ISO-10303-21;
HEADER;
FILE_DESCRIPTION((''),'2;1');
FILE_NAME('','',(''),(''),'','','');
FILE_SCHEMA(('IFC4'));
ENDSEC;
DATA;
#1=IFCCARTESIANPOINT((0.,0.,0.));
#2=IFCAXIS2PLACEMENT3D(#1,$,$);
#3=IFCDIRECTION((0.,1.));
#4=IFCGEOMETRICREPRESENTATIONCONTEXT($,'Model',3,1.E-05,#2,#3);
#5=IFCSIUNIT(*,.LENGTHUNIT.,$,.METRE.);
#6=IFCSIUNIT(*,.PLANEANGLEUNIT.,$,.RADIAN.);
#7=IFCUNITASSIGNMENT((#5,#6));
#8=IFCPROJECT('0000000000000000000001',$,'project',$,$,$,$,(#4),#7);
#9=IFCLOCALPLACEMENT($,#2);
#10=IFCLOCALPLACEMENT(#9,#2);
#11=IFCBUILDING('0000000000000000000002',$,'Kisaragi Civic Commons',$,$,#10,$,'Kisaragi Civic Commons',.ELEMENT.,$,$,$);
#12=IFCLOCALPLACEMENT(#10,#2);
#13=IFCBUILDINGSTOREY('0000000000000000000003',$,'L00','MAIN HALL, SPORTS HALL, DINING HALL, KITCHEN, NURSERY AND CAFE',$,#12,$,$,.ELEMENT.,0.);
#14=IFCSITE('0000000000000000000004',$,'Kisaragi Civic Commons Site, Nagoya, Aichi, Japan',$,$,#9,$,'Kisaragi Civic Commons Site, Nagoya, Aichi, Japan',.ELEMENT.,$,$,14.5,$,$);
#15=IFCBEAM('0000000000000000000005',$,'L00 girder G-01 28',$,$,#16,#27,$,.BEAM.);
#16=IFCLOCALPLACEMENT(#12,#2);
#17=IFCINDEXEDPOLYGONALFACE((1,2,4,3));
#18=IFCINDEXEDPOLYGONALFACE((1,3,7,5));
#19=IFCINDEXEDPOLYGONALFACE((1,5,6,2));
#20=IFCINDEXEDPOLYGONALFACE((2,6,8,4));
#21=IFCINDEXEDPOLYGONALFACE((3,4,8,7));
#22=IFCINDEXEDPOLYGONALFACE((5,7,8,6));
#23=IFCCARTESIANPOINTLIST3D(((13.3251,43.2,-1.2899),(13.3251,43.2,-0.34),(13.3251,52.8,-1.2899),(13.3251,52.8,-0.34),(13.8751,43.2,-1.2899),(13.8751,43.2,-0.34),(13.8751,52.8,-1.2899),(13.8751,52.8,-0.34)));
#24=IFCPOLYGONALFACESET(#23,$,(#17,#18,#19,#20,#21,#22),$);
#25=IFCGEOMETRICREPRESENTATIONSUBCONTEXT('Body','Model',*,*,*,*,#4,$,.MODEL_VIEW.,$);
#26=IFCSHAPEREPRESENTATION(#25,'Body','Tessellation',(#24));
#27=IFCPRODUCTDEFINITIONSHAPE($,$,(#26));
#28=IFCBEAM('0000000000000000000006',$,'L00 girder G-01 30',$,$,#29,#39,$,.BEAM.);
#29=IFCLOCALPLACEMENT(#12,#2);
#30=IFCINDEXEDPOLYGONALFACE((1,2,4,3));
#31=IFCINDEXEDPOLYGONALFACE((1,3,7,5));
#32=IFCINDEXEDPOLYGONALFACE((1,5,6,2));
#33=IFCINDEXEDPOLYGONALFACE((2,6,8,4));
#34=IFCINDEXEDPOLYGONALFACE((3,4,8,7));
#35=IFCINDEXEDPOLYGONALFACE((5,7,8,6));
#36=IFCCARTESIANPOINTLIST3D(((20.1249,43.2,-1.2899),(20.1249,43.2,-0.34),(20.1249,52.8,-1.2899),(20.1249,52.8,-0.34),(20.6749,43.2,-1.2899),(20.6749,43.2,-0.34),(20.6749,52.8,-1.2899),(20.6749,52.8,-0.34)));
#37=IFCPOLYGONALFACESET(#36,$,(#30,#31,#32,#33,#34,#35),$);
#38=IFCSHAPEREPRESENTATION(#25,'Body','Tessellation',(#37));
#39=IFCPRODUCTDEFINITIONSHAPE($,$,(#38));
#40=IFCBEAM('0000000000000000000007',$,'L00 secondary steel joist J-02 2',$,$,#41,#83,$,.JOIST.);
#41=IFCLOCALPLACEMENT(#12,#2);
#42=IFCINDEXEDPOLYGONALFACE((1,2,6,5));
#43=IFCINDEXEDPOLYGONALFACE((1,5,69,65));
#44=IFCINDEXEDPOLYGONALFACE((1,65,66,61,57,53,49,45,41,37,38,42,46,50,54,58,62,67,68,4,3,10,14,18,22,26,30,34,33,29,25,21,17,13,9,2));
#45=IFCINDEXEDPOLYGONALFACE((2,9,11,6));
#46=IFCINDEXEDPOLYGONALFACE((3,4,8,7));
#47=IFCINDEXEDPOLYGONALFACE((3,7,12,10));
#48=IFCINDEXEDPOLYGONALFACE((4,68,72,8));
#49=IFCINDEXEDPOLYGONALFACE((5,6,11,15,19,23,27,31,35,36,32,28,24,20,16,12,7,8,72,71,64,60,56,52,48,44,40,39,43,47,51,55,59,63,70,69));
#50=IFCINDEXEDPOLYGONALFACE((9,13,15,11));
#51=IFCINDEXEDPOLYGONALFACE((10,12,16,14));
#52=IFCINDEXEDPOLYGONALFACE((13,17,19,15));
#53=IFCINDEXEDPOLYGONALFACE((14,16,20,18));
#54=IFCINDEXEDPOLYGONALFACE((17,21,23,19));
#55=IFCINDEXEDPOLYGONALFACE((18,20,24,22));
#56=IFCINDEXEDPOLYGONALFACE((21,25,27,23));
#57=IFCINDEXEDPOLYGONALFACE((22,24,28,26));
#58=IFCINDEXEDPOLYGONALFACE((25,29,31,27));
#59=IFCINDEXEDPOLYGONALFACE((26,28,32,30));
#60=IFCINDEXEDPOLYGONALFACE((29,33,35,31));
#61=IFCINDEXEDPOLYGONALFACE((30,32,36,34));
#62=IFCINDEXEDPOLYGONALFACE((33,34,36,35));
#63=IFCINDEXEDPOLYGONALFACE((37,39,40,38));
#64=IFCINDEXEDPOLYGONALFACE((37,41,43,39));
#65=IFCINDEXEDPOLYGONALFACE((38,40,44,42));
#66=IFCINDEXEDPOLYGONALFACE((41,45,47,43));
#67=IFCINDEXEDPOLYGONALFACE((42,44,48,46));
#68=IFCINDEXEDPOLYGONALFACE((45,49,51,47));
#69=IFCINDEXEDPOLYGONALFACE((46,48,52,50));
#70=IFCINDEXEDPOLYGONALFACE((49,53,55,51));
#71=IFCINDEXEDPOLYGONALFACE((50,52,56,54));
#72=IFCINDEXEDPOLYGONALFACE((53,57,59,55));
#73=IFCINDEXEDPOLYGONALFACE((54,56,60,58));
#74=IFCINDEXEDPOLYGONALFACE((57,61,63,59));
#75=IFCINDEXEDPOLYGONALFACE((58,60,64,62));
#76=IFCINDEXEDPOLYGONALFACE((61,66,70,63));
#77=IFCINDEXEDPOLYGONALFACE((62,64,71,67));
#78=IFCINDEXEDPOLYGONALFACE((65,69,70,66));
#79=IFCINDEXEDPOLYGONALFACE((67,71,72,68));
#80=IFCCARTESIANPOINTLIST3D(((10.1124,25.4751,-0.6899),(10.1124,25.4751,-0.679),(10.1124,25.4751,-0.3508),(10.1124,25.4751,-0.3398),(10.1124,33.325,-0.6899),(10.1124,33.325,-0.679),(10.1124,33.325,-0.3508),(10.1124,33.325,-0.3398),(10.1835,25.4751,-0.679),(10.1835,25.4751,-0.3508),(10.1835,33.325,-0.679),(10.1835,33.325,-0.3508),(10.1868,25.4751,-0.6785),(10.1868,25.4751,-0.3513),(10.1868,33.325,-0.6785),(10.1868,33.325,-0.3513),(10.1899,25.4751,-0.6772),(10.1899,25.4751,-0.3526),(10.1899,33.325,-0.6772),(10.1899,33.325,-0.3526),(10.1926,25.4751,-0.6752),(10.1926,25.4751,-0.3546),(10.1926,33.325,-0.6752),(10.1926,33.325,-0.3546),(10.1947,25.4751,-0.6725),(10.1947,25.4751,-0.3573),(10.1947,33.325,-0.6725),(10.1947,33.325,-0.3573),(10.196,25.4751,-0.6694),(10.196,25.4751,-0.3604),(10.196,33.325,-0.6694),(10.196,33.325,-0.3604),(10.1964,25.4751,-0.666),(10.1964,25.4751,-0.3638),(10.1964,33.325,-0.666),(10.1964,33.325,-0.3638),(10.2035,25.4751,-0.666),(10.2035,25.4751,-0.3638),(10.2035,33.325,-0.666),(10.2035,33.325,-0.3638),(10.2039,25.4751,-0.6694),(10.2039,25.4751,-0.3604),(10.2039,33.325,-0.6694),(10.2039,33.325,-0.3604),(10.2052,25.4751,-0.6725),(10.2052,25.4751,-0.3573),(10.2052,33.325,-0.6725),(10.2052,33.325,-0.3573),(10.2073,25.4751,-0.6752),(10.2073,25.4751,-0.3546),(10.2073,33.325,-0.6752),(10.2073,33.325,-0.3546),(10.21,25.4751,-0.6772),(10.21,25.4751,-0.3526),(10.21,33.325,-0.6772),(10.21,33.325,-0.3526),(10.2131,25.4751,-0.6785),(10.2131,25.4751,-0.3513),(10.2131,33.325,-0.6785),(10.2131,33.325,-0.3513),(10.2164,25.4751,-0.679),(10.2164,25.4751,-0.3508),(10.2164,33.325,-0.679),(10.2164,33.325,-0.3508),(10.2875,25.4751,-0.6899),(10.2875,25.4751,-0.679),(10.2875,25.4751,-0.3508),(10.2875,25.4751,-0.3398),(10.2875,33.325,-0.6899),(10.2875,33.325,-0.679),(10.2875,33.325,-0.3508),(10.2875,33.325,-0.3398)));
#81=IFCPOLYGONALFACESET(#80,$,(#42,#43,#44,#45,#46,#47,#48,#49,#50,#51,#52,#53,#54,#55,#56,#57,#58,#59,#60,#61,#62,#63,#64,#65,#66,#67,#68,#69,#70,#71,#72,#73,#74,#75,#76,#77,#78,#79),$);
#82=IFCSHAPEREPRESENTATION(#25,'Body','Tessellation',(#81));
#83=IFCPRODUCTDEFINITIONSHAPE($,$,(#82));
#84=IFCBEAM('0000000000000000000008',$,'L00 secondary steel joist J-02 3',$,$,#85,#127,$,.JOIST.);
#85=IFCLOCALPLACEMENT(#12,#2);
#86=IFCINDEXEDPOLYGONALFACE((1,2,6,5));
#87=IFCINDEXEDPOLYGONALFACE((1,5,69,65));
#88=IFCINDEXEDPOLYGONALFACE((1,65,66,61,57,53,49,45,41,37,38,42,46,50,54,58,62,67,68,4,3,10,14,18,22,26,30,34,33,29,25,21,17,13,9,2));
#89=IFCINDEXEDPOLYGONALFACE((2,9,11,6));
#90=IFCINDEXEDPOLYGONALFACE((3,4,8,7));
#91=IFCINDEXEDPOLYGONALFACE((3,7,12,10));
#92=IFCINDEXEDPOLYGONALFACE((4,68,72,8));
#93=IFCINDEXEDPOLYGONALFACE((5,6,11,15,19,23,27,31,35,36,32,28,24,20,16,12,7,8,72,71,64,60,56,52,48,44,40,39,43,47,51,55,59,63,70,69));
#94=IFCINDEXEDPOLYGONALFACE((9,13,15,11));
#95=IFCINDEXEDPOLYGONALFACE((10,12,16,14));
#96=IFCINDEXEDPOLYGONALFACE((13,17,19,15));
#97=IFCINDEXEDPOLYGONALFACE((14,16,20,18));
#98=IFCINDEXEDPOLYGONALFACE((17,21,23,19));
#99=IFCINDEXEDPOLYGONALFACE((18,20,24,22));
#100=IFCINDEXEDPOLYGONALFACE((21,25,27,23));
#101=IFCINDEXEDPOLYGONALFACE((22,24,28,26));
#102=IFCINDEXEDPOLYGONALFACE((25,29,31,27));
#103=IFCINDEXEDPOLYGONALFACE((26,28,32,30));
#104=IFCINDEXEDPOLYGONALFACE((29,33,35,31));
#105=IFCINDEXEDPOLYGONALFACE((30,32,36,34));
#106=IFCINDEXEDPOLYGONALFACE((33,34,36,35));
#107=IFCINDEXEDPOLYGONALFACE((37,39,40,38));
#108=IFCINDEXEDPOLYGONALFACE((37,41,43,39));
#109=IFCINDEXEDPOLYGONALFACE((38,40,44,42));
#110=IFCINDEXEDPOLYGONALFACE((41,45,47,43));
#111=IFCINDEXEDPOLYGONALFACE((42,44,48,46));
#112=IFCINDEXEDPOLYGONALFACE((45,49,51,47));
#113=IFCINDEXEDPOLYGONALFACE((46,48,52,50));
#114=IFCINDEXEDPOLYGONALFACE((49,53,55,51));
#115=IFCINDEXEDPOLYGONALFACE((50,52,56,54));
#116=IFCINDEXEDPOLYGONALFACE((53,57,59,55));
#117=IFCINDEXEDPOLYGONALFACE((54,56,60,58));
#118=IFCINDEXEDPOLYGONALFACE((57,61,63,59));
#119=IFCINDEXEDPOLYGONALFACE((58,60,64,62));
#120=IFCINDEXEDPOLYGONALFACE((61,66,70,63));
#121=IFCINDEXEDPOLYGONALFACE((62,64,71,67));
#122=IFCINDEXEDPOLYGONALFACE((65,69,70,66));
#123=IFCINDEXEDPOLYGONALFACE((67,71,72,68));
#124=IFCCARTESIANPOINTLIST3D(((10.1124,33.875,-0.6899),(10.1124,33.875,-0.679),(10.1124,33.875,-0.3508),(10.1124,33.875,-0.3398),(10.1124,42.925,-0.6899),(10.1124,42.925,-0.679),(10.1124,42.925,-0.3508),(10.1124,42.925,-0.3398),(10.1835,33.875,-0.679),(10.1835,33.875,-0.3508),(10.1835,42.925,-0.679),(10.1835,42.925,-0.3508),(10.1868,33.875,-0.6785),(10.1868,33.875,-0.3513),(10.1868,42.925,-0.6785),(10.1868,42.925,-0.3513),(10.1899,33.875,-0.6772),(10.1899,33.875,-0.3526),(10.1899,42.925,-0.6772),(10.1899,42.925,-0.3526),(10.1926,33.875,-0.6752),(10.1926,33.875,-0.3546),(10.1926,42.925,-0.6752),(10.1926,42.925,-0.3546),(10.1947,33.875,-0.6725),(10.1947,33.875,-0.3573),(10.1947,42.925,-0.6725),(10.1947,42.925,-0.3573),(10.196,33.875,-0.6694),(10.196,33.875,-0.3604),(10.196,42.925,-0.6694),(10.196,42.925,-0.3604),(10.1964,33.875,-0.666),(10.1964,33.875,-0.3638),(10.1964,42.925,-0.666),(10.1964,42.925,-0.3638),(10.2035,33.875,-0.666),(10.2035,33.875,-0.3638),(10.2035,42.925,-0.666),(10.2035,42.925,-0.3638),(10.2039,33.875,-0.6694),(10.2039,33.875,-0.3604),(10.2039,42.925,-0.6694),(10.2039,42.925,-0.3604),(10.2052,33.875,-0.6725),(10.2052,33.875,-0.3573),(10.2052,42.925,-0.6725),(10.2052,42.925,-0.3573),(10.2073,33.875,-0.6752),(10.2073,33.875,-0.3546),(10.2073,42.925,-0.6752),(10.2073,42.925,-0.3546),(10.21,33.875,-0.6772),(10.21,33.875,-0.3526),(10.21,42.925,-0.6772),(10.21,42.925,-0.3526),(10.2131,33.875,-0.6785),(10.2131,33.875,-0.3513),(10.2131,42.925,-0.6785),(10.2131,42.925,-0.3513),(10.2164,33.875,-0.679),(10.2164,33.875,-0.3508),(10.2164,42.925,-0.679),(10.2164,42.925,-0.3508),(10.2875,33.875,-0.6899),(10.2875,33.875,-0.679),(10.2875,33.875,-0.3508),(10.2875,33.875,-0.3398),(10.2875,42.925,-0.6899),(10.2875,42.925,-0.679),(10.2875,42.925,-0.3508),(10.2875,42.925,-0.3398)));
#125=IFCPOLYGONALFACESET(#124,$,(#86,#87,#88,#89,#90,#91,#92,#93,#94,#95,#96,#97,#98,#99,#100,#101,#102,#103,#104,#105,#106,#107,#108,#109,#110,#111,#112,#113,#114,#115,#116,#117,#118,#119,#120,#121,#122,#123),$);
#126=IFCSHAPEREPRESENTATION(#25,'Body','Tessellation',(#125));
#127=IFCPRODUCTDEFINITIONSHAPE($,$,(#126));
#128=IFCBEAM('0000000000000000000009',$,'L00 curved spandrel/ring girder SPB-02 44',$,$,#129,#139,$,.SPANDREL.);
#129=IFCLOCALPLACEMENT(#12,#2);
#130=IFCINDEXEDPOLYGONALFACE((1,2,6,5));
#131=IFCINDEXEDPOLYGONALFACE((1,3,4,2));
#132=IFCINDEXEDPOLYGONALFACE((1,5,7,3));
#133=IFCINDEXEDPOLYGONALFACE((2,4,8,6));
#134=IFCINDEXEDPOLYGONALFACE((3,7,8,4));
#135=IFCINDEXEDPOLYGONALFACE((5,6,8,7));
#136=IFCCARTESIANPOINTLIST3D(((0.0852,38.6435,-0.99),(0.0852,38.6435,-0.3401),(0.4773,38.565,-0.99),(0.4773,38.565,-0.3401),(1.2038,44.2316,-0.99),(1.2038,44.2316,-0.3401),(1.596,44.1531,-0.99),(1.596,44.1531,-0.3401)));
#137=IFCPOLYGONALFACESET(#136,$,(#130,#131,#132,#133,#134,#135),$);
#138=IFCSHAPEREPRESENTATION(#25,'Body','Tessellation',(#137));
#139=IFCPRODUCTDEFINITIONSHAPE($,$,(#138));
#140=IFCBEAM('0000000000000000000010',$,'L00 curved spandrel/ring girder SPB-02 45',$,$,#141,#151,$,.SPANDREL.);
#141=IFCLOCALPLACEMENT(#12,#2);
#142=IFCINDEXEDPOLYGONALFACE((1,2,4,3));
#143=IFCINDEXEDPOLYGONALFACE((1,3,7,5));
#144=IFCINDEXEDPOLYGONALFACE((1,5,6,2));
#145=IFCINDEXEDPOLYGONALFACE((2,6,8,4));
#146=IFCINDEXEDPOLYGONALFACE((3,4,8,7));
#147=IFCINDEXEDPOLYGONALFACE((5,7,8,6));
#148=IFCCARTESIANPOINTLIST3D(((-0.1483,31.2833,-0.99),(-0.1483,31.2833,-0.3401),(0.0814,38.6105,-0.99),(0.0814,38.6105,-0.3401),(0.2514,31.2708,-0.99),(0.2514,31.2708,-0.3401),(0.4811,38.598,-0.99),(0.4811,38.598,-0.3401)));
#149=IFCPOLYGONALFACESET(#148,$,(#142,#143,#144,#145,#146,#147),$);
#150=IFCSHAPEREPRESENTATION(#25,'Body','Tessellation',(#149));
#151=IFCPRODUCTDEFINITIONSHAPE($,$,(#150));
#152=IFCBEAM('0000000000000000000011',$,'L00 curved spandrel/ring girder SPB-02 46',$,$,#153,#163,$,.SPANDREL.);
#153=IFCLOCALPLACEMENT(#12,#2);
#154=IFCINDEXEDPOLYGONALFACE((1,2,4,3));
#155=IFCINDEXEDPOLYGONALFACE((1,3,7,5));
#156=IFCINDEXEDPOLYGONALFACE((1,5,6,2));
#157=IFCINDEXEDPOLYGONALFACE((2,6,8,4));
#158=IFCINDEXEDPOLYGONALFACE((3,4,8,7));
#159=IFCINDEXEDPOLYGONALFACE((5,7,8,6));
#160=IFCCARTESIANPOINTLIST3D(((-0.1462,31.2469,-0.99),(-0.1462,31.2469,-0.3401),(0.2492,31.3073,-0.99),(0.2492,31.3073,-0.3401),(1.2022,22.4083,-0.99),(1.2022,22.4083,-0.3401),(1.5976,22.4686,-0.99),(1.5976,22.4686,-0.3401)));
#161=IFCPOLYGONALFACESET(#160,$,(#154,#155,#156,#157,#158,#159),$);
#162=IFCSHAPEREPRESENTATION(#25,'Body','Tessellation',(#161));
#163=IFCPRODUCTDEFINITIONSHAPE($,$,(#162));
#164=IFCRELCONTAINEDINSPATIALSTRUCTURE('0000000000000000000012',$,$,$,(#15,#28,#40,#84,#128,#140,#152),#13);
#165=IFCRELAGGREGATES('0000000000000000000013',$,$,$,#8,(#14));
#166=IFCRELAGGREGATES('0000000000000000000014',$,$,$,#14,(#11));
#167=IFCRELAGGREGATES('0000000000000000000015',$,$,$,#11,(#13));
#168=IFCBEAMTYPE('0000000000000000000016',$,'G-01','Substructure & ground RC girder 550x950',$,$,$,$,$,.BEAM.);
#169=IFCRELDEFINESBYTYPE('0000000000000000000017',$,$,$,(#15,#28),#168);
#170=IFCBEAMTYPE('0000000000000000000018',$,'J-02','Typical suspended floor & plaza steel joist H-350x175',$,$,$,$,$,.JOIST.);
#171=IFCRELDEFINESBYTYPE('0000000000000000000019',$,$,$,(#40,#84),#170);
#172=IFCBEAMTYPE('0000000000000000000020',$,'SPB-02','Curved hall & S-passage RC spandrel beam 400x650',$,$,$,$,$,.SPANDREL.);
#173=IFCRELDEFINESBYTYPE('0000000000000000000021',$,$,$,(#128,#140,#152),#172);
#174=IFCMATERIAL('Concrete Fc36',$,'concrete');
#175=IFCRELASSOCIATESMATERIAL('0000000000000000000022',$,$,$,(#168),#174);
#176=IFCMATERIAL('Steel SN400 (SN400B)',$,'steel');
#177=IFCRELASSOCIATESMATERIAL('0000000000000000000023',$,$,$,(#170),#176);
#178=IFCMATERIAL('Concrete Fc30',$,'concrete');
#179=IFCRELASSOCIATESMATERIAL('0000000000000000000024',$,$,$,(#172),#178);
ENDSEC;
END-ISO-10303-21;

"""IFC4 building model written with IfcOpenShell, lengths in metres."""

from ifc_helpers import new_model, si_unit, direction, frame, origin, origin_2d, place, context, subcontext, project, spatial, rectangle, i_section, extrude, material, material_profile, profile_set, type_object, element, save


model = new_model("IFC4")

# Units and contexts
model_context = context("Model", 3, precision=1e-05, world=origin(), true_north=direction((0.0, 1.0)))
body_context = subcontext(model_context, "Body", "Model", "MODEL_VIEW")
ifc_project = project(units=[si_unit("LENGTHUNIT", "METRE"), si_unit("PLANEANGLEUNIT", "RADIAN")], contexts=[model_context])

# Site, building, storey
site_placement = place(None, origin())
site = spatial("IfcSite", under=ifc_project, at=site_placement, Name="Kisaragi Civic Commons Site, Nagoya, Aichi, Japan", LongName="Kisaragi Civic Commons Site, Nagoya, Aichi, Japan", CompositionType="ELEMENT", RefElevation=14.5)
building_placement = place(site_placement, origin())
building = spatial("IfcBuilding", under=site, at=building_placement, Name="Kisaragi Civic Commons", LongName="Kisaragi Civic Commons", CompositionType="ELEMENT")
storey_placement = place(building_placement, origin())
storey = spatial("IfcBuildingStorey", under=building, at=storey_placement, Name="L00", Description="MAIN HALL, SPORTS HALL, DINING HALL, KITCHEN, NURSERY AND CAFE", CompositionType="ELEMENT", Elevation=0.0)

# Shared definitions
ifc_material_1 = material(Name="Concrete Fc36", Category="concrete")
ifc_material_2 = material(Name="Concrete Fc30", Category="concrete")

# Beams
ifc_material_profile_1 = material_profile(ifc_material_1, rectangle(XDim=0.55, YDim=0.95, at=origin_2d()), Name="RC-550x950", Category="concrete")
ifc_profile_set_1 = profile_set([ifc_material_profile_1], Name="Concrete Fc36")
beam_type_1 = type_object("IfcBeamType", Name="G-01", Description="Substructure & ground RC girder 550x950", PredefinedType="BEAM", material=ifc_profile_set_1)
for number, where, z_axis, x_axis, name in (
    (1, (13.6001, 43.2, -0.8149), (0.0, 1.0, 0.0), (-1.0, 0.0, 0.0), "L00 girder G-01 28"),
    (2, (20.3999, 43.2, -0.8149), (0.0, 1.0, 0.0), (-1.0, 0.0, 0.0), "L00 girder G-01 30"),
):
    element("IfcBeam", number, at=place(storey_placement, frame(where, z_axis=z_axis, x_axis=x_axis)), inside=storey, type_object=beam_type_1, Name=name, PredefinedType="BEAM", context=body_context, shape_type="SweptSolid", body=[
        extrude(rectangle(XDim=0.55, YDim=0.95, at=origin_2d()), origin(), (0.0, 0.0, 1.0), 9.6001),
    ])
ifc_material_3 = material(Name="Steel SN400 (SN400B)", Category="steel")
ifc_material_profile_2 = material_profile(ifc_material_3, i_section(OverallWidth=0.175, OverallDepth=0.3501, WebThickness=0.0071, FlangeThickness=0.011, FilletRadius=0.0129, at=origin_2d()), Name="H-350x175x7x11", Category="steel")
ifc_profile_set_2 = profile_set([ifc_material_profile_2], Name="Steel SN400 (SN400B)")
beam_type_2 = type_object("IfcBeamType", Name="J-02", Description="Typical suspended floor & plaza steel joist H-350x175", PredefinedType="JOIST", material=ifc_profile_set_2)
beam_1_placement = place(storey_placement, frame((10.2, 25.4751, -0.5149), z_axis=(0.0, 1.0, 0.0), x_axis=(-1.0, 0.0, 0.0)))
element("IfcBeam", 3, at=beam_1_placement, inside=storey, type_object=beam_type_2, Name="L00 secondary steel joist J-02 2", PredefinedType="JOIST", context=body_context, shape_type="SweptSolid", body=[
    extrude(i_section(OverallWidth=0.175, OverallDepth=0.3501, WebThickness=0.0071, FlangeThickness=0.011, FilletRadius=0.0129, at=origin_2d()), origin(), (0.0, 0.0, 1.0), 7.8499),
])
beam_2_placement = place(storey_placement, frame((10.2, 33.875, -0.5149), z_axis=(0.0, 1.0, 0.0), x_axis=(-1.0, 0.0, 0.0)))
element("IfcBeam", 4, at=beam_2_placement, inside=storey, type_object=beam_type_2, Name="L00 secondary steel joist J-02 3", PredefinedType="JOIST", context=body_context, shape_type="SweptSolid", body=[
    extrude(i_section(OverallWidth=0.175, OverallDepth=0.3501, WebThickness=0.0071, FlangeThickness=0.011, FilletRadius=0.0129, at=origin_2d()), origin(), (0.0, 0.0, 1.0), 9.05),
])
ifc_material_profile_3 = material_profile(ifc_material_2, rectangle(XDim=0.3999, YDim=0.6499, at=origin_2d()), Name="RC-400x650", Category="concrete")
ifc_profile_set_3 = profile_set([ifc_material_profile_3], Name="Concrete Fc30")
beam_type_3 = type_object("IfcBeamType", Name="SPB-02", Description="Curved hall & S-passage RC spandrel beam 400x650", PredefinedType="SPANDREL", material=ifc_profile_set_3)
beam_3_placement = place(storey_placement, frame((1.3999, 44.1924, -0.665), z_axis=(-0.196289, -0.980546, 0.0), x_axis=(0.980546, -0.196289, 0.0)))
element("IfcBeam", 5, at=beam_3_placement, inside=storey, type_object=beam_type_3, Name="L00 curved spandrel/ring girder SPB-02 44", PredefinedType="SPANDREL", context=body_context, shape_type="SweptSolid", body=[
    extrude(rectangle(XDim=0.3999, YDim=0.6499, at=origin_2d()), origin(), (0.0, 0.0, 1.0), 5.699),
])
beam_4_placement = place(storey_placement, frame((0.2812, 38.6042, -0.665), z_axis=(-0.031339, -0.999509, 0.0), x_axis=(0.999509, -0.031339, 0.0)))
element("IfcBeam", 6, at=beam_4_placement, inside=storey, type_object=beam_type_3, Name="L00 curved spandrel/ring girder SPB-02 45", PredefinedType="SPANDREL", context=body_context, shape_type="SweptSolid", body=[
    extrude(rectangle(XDim=0.3999, YDim=0.6499, at=origin_2d()), origin(), (0.0, 0.0, 1.0), 7.3308),
])
beam_5_placement = place(storey_placement, frame((0.0515, 31.2771, -0.665), z_axis=(0.150812, -0.988563, 0.0), x_axis=(0.988563, 0.150812, 0.0)))
element("IfcBeam", 7, at=beam_5_placement, inside=storey, type_object=beam_type_3, Name="L00 curved spandrel/ring girder SPB-02 46", PredefinedType="SPANDREL", context=body_context, shape_type="SweptSolid", body=[
    extrude(rectangle(XDim=0.3999, YDim=0.6499, at=origin_2d()), origin(), (0.0, 0.0, 1.0), 8.9409),
])

save(model, "model.ifc")
